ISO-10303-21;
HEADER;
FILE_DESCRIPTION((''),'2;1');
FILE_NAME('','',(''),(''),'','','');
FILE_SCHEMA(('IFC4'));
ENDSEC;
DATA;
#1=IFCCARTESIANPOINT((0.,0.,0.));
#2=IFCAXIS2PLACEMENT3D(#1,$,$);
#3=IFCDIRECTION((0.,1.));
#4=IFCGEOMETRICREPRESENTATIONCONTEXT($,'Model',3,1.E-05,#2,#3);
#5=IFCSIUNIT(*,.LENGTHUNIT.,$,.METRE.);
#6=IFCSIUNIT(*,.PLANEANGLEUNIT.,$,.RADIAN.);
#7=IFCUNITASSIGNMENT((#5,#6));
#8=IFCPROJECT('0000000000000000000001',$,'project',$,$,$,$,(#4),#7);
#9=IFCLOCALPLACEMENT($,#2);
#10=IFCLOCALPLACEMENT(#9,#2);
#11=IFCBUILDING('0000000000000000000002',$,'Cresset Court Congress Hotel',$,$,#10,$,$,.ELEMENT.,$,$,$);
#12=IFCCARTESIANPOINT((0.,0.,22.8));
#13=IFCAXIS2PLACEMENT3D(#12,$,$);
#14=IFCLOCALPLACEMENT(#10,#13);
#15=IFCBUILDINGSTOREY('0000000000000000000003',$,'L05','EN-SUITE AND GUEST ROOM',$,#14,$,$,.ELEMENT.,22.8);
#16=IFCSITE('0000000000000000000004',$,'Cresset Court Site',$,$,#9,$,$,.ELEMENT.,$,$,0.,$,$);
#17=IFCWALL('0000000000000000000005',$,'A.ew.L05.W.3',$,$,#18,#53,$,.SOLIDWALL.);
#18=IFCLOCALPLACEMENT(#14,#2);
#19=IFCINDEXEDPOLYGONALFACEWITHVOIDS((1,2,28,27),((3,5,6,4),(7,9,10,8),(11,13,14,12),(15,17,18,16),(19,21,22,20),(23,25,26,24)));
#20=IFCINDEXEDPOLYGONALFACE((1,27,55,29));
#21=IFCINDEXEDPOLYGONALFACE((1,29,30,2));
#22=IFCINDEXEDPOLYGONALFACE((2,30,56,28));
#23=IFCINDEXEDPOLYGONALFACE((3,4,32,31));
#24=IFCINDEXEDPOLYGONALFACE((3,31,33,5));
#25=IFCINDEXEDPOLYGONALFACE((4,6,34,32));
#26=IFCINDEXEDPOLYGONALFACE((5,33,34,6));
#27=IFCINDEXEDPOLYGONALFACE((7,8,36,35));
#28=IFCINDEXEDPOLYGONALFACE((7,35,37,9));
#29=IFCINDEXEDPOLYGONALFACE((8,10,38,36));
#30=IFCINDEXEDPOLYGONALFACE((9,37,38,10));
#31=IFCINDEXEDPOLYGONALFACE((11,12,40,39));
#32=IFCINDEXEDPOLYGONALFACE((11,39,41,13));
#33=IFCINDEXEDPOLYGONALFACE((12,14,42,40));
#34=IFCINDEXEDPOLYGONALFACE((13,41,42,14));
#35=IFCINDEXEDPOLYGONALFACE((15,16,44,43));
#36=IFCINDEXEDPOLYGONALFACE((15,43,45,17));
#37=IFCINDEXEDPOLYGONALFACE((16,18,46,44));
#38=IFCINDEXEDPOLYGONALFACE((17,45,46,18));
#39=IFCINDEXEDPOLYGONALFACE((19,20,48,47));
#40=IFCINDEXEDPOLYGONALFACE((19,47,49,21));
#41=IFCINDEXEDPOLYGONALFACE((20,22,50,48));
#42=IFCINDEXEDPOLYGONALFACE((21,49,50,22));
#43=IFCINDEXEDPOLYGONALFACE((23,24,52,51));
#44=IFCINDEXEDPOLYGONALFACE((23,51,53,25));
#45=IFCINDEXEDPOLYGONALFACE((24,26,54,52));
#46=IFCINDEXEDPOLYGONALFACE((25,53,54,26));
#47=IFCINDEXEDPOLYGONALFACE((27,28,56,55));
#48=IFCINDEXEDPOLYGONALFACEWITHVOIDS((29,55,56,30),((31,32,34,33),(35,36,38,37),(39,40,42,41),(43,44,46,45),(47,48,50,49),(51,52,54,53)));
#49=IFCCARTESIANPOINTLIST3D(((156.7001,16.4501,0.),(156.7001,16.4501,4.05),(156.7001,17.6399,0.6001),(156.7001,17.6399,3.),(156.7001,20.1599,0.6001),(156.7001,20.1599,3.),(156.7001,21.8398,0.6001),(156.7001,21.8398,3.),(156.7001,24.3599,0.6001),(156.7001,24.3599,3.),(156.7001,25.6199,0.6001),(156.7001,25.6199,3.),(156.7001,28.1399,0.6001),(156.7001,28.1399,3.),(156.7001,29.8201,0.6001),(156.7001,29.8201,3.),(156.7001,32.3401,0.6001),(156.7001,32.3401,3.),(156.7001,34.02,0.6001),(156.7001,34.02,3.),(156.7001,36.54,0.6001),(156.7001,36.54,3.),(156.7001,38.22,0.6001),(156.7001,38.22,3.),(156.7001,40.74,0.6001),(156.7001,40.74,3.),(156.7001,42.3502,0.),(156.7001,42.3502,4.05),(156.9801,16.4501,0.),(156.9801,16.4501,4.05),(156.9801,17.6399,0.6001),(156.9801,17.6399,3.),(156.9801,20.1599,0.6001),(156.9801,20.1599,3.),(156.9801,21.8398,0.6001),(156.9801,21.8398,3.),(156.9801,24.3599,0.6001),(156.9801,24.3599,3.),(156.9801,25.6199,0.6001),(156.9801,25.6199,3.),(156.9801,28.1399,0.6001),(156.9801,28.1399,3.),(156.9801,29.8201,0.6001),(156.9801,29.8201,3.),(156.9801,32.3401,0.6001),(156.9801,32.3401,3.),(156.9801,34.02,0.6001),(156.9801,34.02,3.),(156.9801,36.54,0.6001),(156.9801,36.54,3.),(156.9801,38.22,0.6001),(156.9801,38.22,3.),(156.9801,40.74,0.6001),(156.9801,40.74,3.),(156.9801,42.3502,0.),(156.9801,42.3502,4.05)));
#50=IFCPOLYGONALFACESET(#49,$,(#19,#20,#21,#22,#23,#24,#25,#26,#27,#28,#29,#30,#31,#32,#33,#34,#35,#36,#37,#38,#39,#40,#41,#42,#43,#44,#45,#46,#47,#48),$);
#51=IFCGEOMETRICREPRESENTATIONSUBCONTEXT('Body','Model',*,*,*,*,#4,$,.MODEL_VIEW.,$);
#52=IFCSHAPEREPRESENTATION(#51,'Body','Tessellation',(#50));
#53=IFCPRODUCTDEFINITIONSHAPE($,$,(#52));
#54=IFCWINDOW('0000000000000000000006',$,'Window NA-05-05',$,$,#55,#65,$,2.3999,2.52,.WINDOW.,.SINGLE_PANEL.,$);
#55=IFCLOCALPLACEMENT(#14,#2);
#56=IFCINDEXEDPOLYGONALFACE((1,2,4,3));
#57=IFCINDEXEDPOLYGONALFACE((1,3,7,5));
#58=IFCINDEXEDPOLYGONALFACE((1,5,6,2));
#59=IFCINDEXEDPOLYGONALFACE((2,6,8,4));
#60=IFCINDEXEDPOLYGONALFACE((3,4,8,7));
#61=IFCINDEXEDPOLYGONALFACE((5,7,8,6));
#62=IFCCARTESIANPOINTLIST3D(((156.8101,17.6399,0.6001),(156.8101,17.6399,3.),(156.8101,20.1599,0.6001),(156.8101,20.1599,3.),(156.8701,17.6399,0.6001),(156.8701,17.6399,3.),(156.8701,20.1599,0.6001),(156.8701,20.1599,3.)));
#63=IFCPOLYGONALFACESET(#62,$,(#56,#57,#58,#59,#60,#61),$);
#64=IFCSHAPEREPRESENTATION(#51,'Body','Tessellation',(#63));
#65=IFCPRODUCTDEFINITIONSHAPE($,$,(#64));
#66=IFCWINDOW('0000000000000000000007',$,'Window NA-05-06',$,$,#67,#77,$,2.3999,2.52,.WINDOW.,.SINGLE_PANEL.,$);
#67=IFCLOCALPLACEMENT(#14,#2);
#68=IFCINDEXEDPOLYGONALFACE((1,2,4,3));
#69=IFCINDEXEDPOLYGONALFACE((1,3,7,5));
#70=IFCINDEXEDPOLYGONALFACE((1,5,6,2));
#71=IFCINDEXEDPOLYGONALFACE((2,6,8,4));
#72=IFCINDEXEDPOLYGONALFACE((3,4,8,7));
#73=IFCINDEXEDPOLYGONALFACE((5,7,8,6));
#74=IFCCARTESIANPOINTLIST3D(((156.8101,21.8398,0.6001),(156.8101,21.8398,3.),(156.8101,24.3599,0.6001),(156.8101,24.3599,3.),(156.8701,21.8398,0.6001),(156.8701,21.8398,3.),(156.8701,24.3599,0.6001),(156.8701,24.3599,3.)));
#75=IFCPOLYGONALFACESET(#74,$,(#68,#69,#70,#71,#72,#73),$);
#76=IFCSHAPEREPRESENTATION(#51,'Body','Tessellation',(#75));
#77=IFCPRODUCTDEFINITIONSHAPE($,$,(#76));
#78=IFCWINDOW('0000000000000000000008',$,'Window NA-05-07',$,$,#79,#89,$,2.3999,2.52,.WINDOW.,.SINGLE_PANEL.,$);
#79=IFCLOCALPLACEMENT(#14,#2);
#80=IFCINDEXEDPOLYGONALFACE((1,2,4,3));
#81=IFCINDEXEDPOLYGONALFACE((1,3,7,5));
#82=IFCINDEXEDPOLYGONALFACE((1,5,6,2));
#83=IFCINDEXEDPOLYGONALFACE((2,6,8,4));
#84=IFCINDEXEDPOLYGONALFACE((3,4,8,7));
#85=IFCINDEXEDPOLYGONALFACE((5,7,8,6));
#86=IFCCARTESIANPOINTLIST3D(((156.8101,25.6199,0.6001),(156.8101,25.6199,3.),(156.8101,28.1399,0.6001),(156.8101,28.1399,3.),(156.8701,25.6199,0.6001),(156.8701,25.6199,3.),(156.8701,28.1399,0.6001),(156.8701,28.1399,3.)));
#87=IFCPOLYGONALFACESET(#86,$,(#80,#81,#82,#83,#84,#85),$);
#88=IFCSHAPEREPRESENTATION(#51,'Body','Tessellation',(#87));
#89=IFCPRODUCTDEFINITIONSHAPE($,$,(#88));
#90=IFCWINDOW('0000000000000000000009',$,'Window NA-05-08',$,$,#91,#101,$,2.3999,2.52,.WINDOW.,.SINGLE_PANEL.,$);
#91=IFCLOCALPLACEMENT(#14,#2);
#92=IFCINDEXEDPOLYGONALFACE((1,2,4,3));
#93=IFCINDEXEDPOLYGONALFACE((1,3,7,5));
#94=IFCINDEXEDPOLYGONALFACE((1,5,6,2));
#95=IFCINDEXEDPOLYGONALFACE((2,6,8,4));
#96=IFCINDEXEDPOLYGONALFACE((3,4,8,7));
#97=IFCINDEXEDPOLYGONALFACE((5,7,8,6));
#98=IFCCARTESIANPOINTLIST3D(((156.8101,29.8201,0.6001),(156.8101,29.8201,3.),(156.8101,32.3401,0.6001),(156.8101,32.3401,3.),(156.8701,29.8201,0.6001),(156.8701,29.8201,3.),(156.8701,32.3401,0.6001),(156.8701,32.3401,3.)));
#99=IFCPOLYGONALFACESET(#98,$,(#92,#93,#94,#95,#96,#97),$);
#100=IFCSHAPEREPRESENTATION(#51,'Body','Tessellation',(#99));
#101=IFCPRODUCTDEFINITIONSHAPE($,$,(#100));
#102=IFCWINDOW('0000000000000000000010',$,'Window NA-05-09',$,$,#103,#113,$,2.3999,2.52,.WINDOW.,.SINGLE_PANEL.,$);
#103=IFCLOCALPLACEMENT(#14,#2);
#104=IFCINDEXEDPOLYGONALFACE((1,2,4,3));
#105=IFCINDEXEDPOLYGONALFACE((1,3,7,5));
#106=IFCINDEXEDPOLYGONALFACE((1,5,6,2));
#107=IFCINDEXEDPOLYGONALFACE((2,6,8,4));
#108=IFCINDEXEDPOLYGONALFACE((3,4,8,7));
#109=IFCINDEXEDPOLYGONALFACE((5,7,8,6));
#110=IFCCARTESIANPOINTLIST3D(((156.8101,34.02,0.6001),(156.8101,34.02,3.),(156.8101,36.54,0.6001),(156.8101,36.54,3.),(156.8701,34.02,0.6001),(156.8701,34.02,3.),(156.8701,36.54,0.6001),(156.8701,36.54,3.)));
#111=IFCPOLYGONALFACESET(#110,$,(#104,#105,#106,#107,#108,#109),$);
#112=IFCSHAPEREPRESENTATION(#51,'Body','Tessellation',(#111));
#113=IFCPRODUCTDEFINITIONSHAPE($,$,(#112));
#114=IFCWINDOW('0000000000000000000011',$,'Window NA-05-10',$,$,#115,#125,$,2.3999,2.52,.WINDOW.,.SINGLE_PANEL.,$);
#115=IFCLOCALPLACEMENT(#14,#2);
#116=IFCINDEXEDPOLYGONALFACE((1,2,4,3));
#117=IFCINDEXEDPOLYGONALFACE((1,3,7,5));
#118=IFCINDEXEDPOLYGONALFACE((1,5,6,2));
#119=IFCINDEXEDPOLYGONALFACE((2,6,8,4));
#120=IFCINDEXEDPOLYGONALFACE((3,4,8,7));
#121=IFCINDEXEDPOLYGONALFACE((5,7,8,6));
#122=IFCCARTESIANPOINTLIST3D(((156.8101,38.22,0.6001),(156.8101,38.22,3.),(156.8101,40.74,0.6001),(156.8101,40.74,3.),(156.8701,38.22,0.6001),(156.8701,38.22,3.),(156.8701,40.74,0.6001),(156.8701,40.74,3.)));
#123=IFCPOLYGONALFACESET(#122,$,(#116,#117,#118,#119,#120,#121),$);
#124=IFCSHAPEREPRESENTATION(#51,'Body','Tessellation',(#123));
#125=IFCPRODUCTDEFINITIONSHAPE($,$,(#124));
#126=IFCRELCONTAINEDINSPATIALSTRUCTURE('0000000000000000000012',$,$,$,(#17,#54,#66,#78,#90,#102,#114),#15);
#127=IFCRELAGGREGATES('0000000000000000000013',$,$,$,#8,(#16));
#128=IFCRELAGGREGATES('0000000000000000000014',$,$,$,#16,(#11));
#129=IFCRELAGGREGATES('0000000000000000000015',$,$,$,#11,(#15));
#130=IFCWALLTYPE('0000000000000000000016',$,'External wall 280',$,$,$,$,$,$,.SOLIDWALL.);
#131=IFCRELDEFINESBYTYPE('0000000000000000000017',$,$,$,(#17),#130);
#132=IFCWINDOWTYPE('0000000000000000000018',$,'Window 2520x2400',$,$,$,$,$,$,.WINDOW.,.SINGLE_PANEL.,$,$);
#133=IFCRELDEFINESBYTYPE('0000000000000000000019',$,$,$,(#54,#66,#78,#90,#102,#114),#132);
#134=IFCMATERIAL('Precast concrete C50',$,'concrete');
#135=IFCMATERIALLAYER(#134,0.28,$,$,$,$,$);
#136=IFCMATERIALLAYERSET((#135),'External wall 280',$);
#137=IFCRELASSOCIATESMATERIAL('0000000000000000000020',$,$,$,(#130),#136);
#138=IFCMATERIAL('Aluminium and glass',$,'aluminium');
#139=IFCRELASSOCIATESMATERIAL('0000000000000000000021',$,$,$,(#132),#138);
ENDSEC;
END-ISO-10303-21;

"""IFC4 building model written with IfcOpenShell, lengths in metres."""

from ifc_helpers import new_model, si_unit, direction, frame, frame_2d, origin, place, context, subcontext, project, spatial, rectangle, extrude, material, layer, layer_set, type_object, element, fill, save


model = new_model("IFC4")

# Units and contexts
model_context = context("Model", 3, precision=1e-05, world=origin(), true_north=direction((0.0, 1.0)))
body_context = subcontext(model_context, "Body", "Model", "MODEL_VIEW")
ifc_project = project(units=[si_unit("LENGTHUNIT", "METRE"), si_unit("PLANEANGLEUNIT", "RADIAN")], contexts=[model_context])

# Site, building, storey
site_placement = place(None, origin())
site = spatial("IfcSite", under=ifc_project, at=site_placement, Name="Cresset Court Site", CompositionType="ELEMENT", RefElevation=0.0)
building_placement = place(site_placement, origin())
building = spatial("IfcBuilding", under=site, at=building_placement, Name="Cresset Court Congress Hotel", CompositionType="ELEMENT")
storey_placement = place(building_placement, frame((0.0, 0.0, 22.8)))
storey = spatial("IfcBuildingStorey", under=building, at=storey_placement, Name="L05", Description="EN-SUITE AND GUEST ROOM", CompositionType="ELEMENT", Elevation=22.8)

# Shared definitions
ifc_material_1 = material(Name="Precast concrete C50", Category="concrete")
ifc_layer_1 = layer(ifc_material_1, 0.28)
ifc_layer_set_1 = layer_set([ifc_layer_1], Name="External wall 280")
wall_type_1 = type_object("IfcWallType", Name="External wall 280", PredefinedType="SOLIDWALL", material=ifc_layer_set_1)

# Shared definitions
ifc_material_2 = material(Name="Aluminium and glass", Category="aluminium")
window_type_1 = type_object("IfcWindowType", Name="Window 2520x2400", PartitioningType="SINGLE_PANEL", PredefinedType="WINDOW", material=ifc_material_2)

# Wall, openings, windows
wall_1_placement = place(storey_placement, frame((156.8401, 16.45, 0.0), z_axis=(0.0, 0.0, 1.0), x_axis=(0.0, 1.0, 0.0)))
wall_1 = element("IfcWall", 1, at=wall_1_placement, inside=storey, type_object=wall_type_1, Name="A.ew.L05.W.3", PredefinedType="SOLIDWALL", context=body_context, shape_type="SweptSolid", body=[
    extrude(rectangle(XDim=25.9001, YDim=0.28, at=frame_2d((12.9502, 0.0))), origin(), (0.0, 0.0, 1.0), 4.05),
])
opening_1_placement = place(wall_1_placement, frame((1.1899, 0.0, 0.6001)))
opening_1 = element("IfcOpeningElement", 2, at=opening_1_placement, cuts=wall_1, PredefinedType="OPENING", context=body_context, shape_type="SweptSolid", body=[
    extrude(rectangle(XDim=2.52, YDim=2.3999, at=frame_2d((1.26, 1.2))), frame((0.0, 0.1499, 0.0), z_axis=(0.0, -1.0, 0.0), x_axis=(1.0, 0.0, 0.0)), (0.0, 0.0, 1.0), 0.3),
])
opening_2_placement = place(wall_1_placement, frame((5.3899, 0.0, 0.6001)))
opening_2 = element("IfcOpeningElement", 3, at=opening_2_placement, cuts=wall_1, PredefinedType="OPENING", context=body_context, shape_type="SweptSolid", body=[
    extrude(rectangle(XDim=2.52, YDim=2.3999, at=frame_2d((1.26, 1.2))), frame((0.0, 0.1499, 0.0), z_axis=(0.0, -1.0, 0.0), x_axis=(1.0, 0.0, 0.0)), (0.0, 0.0, 1.0), 0.3),
])
opening_3_placement = place(wall_1_placement, frame((9.1699, 0.0, 0.6001)))
opening_3 = element("IfcOpeningElement", 4, at=opening_3_placement, cuts=wall_1, PredefinedType="OPENING", context=body_context, shape_type="SweptSolid", body=[
    extrude(rectangle(XDim=2.52, YDim=2.3999, at=frame_2d((1.26, 1.2))), frame((0.0, 0.1499, 0.0), z_axis=(0.0, -1.0, 0.0), x_axis=(1.0, 0.0, 0.0)), (0.0, 0.0, 1.0), 0.3),
])
opening_4_placement = place(wall_1_placement, frame((13.3701, 0.0, 0.6001)))
opening_4 = element("IfcOpeningElement", 5, at=opening_4_placement, cuts=wall_1, PredefinedType="OPENING", context=body_context, shape_type="SweptSolid", body=[
    extrude(rectangle(XDim=2.52, YDim=2.3999, at=frame_2d((1.26, 1.2))), frame((0.0, 0.1499, 0.0), z_axis=(0.0, -1.0, 0.0), x_axis=(1.0, 0.0, 0.0)), (0.0, 0.0, 1.0), 0.3),
])
opening_5_placement = place(wall_1_placement, frame((17.5701, 0.0, 0.6001)))
opening_5 = element("IfcOpeningElement", 6, at=opening_5_placement, cuts=wall_1, PredefinedType="OPENING", context=body_context, shape_type="SweptSolid", body=[
    extrude(rectangle(XDim=2.52, YDim=2.3999, at=frame_2d((1.26, 1.2))), frame((0.0, 0.1499, 0.0), z_axis=(0.0, -1.0, 0.0), x_axis=(1.0, 0.0, 0.0)), (0.0, 0.0, 1.0), 0.3),
])
opening_6_placement = place(wall_1_placement, frame((21.77, 0.0, 0.6001)))
opening_6 = element("IfcOpeningElement", 7, at=opening_6_placement, cuts=wall_1, PredefinedType="OPENING", context=body_context, shape_type="SweptSolid", body=[
    extrude(rectangle(XDim=2.52, YDim=2.3999, at=frame_2d((1.26, 1.2))), frame((0.0, 0.1499, 0.0), z_axis=(0.0, -1.0, 0.0), x_axis=(1.0, 0.0, 0.0)), (0.0, 0.0, 1.0), 0.3),
])
window_1_placement = place(opening_1_placement, origin())
window_1 = element("IfcWindow", 8, at=window_1_placement, inside=storey, type_object=window_type_1, Name="Window NA-05-05", OverallHeight=2.3999, OverallWidth=2.52, PartitioningType="SINGLE_PANEL", PredefinedType="WINDOW", context=body_context, shape_type="SweptSolid", body=[
    extrude(rectangle(XDim=2.52, YDim=2.3999, at=frame_2d((1.26, 1.2))), frame((0.0, 0.03, 0.0), z_axis=(0.0, -1.0, 0.0), x_axis=(1.0, 0.0, 0.0)), (0.0, 0.0, 1.0), 0.0601),
])
fill(opening_1, window_1)
window_2_placement = place(opening_2_placement, origin())
window_2 = element("IfcWindow", 9, at=window_2_placement, inside=storey, type_object=window_type_1, Name="Window NA-05-06", OverallHeight=2.3999, OverallWidth=2.52, PartitioningType="SINGLE_PANEL", PredefinedType="WINDOW", context=body_context, shape_type="SweptSolid", body=[
    extrude(rectangle(XDim=2.52, YDim=2.3999, at=frame_2d((1.26, 1.2))), frame((0.0, 0.03, 0.0), z_axis=(0.0, -1.0, 0.0), x_axis=(1.0, 0.0, 0.0)), (0.0, 0.0, 1.0), 0.0601),
])
fill(opening_2, window_2)
window_3_placement = place(opening_3_placement, origin())
window_3 = element("IfcWindow", 10, at=window_3_placement, inside=storey, type_object=window_type_1, Name="Window NA-05-07", OverallHeight=2.3999, OverallWidth=2.52, PartitioningType="SINGLE_PANEL", PredefinedType="WINDOW", context=body_context, shape_type="SweptSolid", body=[
    extrude(rectangle(XDim=2.52, YDim=2.3999, at=frame_2d((1.26, 1.2))), frame((0.0, 0.03, 0.0), z_axis=(0.0, -1.0, 0.0), x_axis=(1.0, 0.0, 0.0)), (0.0, 0.0, 1.0), 0.0601),
])
fill(opening_3, window_3)
window_4_placement = place(opening_4_placement, origin())
window_4 = element("IfcWindow", 11, at=window_4_placement, inside=storey, type_object=window_type_1, Name="Window NA-05-08", OverallHeight=2.3999, OverallWidth=2.52, PartitioningType="SINGLE_PANEL", PredefinedType="WINDOW", context=body_context, shape_type="SweptSolid", body=[
    extrude(rectangle(XDim=2.52, YDim=2.3999, at=frame_2d((1.26, 1.2))), frame((0.0, 0.03, 0.0), z_axis=(0.0, -1.0, 0.0), x_axis=(1.0, 0.0, 0.0)), (0.0, 0.0, 1.0), 0.0601),
])
fill(opening_4, window_4)
window_5_placement = place(opening_5_placement, origin())
window_5 = element("IfcWindow", 12, at=window_5_placement, inside=storey, type_object=window_type_1, Name="Window NA-05-09", OverallHeight=2.3999, OverallWidth=2.52, PartitioningType="SINGLE_PANEL", PredefinedType="WINDOW", context=body_context, shape_type="SweptSolid", body=[
    extrude(rectangle(XDim=2.52, YDim=2.3999, at=frame_2d((1.26, 1.2))), frame((0.0, 0.03, 0.0), z_axis=(0.0, -1.0, 0.0), x_axis=(1.0, 0.0, 0.0)), (0.0, 0.0, 1.0), 0.0601),
])
fill(opening_5, window_5)
window_6_placement = place(opening_6_placement, origin())
window_6 = element("IfcWindow", 13, at=window_6_placement, inside=storey, type_object=window_type_1, Name="Window NA-05-10", OverallHeight=2.3999, OverallWidth=2.52, PartitioningType="SINGLE_PANEL", PredefinedType="WINDOW", context=body_context, shape_type="SweptSolid", body=[
    extrude(rectangle(XDim=2.52, YDim=2.3999, at=frame_2d((1.26, 1.2))), frame((0.0, 0.03, 0.0), z_axis=(0.0, -1.0, 0.0), x_axis=(1.0, 0.0, 0.0)), (0.0, 0.0, 1.0), 0.0601),
])
fill(opening_6, window_6)

save(model, "model.ifc")
